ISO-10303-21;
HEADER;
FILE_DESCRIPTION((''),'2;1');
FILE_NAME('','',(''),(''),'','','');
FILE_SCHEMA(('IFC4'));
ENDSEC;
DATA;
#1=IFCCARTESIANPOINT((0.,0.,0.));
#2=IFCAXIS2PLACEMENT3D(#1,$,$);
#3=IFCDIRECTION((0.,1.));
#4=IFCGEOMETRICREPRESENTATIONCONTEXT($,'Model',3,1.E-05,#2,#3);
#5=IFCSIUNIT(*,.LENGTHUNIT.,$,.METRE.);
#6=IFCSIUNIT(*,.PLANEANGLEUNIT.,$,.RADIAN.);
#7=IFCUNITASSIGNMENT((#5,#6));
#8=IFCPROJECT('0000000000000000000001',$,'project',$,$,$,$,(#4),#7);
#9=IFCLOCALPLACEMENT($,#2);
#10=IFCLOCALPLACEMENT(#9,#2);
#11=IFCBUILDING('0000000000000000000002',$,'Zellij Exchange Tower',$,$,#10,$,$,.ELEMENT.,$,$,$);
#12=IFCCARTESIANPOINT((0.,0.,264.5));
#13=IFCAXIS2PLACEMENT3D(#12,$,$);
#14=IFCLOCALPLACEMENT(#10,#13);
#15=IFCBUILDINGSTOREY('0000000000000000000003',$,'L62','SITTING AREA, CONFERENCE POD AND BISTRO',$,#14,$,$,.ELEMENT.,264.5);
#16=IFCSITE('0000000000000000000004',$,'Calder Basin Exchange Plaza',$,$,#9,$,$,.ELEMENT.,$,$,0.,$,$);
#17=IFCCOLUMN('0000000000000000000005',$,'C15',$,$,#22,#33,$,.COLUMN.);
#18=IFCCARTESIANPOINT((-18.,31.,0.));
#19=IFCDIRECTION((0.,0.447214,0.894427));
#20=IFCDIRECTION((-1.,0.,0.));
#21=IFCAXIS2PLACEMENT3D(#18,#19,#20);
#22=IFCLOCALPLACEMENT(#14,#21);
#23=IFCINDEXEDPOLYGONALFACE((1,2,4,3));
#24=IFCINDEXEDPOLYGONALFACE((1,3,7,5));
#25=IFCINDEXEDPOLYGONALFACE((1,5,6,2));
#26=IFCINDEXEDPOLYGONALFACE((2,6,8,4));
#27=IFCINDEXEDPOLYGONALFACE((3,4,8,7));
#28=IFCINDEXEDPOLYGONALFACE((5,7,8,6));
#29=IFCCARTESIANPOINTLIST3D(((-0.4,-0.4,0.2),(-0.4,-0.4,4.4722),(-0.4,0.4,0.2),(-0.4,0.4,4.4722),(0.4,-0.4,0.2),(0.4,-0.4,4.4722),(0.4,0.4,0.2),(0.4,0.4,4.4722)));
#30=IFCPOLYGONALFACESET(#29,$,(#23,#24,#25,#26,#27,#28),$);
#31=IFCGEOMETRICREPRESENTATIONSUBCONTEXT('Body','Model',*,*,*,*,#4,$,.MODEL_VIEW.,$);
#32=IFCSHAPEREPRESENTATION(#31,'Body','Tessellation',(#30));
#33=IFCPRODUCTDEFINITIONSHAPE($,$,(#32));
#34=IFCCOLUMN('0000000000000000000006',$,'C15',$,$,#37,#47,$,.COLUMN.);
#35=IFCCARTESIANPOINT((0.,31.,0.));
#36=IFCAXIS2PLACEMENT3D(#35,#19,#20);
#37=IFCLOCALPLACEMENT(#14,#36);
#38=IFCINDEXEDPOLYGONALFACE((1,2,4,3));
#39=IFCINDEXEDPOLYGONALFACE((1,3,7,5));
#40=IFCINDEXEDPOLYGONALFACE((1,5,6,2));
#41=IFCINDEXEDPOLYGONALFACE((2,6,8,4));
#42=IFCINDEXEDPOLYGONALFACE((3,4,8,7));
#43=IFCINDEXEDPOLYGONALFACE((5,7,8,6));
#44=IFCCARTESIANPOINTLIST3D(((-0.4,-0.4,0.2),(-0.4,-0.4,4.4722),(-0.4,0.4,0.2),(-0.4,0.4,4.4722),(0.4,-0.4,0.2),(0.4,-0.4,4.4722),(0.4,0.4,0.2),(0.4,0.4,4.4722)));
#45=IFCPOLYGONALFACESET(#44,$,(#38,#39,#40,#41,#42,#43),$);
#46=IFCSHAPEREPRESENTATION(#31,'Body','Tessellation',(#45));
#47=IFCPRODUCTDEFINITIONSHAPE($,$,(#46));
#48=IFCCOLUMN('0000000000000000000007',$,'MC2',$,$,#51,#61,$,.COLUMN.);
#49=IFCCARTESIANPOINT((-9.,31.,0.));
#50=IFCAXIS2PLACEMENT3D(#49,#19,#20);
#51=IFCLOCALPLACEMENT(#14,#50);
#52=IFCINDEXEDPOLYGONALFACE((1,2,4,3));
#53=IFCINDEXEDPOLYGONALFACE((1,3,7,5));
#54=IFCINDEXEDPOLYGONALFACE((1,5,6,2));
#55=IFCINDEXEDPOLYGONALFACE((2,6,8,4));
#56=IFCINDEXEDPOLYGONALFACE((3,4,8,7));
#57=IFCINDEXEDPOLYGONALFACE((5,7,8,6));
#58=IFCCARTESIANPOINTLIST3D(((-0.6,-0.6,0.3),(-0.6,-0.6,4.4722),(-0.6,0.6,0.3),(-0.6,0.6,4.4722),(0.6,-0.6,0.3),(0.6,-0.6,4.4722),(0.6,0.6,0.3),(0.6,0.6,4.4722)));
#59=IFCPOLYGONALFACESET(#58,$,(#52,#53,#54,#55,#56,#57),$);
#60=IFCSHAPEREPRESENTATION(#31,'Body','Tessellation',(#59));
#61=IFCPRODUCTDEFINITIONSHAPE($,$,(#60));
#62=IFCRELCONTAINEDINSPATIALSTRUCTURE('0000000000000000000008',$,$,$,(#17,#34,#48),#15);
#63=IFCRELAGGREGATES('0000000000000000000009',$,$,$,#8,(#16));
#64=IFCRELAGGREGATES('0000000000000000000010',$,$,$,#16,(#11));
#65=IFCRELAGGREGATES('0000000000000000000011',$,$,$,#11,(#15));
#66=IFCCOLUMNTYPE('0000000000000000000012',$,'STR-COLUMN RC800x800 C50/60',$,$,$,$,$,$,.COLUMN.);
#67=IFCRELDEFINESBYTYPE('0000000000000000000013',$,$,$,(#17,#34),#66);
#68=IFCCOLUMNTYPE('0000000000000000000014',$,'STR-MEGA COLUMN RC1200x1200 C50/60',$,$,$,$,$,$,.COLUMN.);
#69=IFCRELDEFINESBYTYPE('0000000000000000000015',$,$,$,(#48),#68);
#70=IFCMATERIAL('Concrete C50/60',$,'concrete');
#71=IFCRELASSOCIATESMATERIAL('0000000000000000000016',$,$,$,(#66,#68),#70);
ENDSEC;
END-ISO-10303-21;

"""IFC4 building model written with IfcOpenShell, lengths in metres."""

from ifc_helpers import new_model, si_unit, direction, frame, origin, origin_2d, place, context, subcontext, project, spatial, rectangle, extrude, clip, halfspace, material, material_profile, profile_set, type_object, element, save


model = new_model("IFC4")

# Units and contexts
model_context = context("Model", 3, precision=1e-05, world=origin(), true_north=direction((0.0, 1.0)))
body_context = subcontext(model_context, "Body", "Model", "MODEL_VIEW")
ifc_project = project(units=[si_unit("LENGTHUNIT", "METRE"), si_unit("PLANEANGLEUNIT", "RADIAN")], contexts=[model_context])

# Site, building, storey
site_placement = place(None, origin())
site = spatial("IfcSite", under=ifc_project, at=site_placement, Name="Calder Basin Exchange Plaza", CompositionType="ELEMENT", RefElevation=0.0)
building_placement = place(site_placement, origin())
building = spatial("IfcBuilding", under=site, at=building_placement, Name="Zellij Exchange Tower", CompositionType="ELEMENT")
storey_placement = place(building_placement, frame((0.0, 0.0, 264.5)))
storey = spatial("IfcBuildingStorey", under=building, at=storey_placement, Name="L62", Description="SITTING AREA, CONFERENCE POD AND BISTRO", CompositionType="ELEMENT", Elevation=264.5)

# Columns
ifc_material_1 = material(Name="Concrete C50/60", Category="concrete")
ifc_material_profile_1 = material_profile(ifc_material_1, rectangle(XDim=0.8, YDim=0.8, at=origin_2d()), Name="STR-COLUMN RC800x800 C50/60")
ifc_profile_set_1 = profile_set([ifc_material_profile_1], Name="Concrete C50/60")
column_type_1 = type_object("IfcColumnType", Name="STR-COLUMN RC800x800 C50/60", PredefinedType="COLUMN", material=ifc_profile_set_1)
for number, where, z_axis, x_axis, name in (
    (1, (-18.0, 31.0, 0.0), (0.0, 0.447214, 0.894427), (-1.0, 0.0, 0.0), "C15"),
    (2, (0.0, 31.0, 0.0), (0.0, 0.447214, 0.894427), (-1.0, 0.0, 0.0), "C15"),
):
    element("IfcColumn", number, at=place(storey_placement, frame(where, z_axis=z_axis, x_axis=x_axis)), inside=storey, type_object=column_type_1, Name=name, PredefinedType="COLUMN", context=body_context, shape_type="Clipping", body=[
        clip(extrude(rectangle(XDim=0.8, YDim=0.8, at=origin_2d()), origin(), (0.0, 0.0, 1.0), 4.4722), halfspace(frame((0.0, 0.0, 0.2)), True)),
    ])
ifc_material_profile_2 = material_profile(ifc_material_1, rectangle(XDim=1.2, YDim=1.2, at=origin_2d()), Name="STR-MEGA COLUMN RC1200x1200 C50/60")
ifc_profile_set_2 = profile_set([ifc_material_profile_2], Name="Concrete C50/60")
column_type_2 = type_object("IfcColumnType", Name="STR-MEGA COLUMN RC1200x1200 C50/60", PredefinedType="COLUMN", material=ifc_profile_set_2)
column_placement = place(storey_placement, frame((-9.0, 31.0, 0.0), z_axis=(0.0, 0.447214, 0.894427), x_axis=(-1.0, 0.0, 0.0)))
element("IfcColumn", 3, at=column_placement, inside=storey, type_object=column_type_2, Name="MC2", PredefinedType="COLUMN", context=body_context, shape_type="Clipping", body=[
    clip(extrude(rectangle(XDim=1.2, YDim=1.2, at=origin_2d()), origin(), (0.0, 0.0, 1.0), 4.4722), halfspace(frame((0.0, 0.0, 0.3)), True)),
])

save(model, "model.ifc")
